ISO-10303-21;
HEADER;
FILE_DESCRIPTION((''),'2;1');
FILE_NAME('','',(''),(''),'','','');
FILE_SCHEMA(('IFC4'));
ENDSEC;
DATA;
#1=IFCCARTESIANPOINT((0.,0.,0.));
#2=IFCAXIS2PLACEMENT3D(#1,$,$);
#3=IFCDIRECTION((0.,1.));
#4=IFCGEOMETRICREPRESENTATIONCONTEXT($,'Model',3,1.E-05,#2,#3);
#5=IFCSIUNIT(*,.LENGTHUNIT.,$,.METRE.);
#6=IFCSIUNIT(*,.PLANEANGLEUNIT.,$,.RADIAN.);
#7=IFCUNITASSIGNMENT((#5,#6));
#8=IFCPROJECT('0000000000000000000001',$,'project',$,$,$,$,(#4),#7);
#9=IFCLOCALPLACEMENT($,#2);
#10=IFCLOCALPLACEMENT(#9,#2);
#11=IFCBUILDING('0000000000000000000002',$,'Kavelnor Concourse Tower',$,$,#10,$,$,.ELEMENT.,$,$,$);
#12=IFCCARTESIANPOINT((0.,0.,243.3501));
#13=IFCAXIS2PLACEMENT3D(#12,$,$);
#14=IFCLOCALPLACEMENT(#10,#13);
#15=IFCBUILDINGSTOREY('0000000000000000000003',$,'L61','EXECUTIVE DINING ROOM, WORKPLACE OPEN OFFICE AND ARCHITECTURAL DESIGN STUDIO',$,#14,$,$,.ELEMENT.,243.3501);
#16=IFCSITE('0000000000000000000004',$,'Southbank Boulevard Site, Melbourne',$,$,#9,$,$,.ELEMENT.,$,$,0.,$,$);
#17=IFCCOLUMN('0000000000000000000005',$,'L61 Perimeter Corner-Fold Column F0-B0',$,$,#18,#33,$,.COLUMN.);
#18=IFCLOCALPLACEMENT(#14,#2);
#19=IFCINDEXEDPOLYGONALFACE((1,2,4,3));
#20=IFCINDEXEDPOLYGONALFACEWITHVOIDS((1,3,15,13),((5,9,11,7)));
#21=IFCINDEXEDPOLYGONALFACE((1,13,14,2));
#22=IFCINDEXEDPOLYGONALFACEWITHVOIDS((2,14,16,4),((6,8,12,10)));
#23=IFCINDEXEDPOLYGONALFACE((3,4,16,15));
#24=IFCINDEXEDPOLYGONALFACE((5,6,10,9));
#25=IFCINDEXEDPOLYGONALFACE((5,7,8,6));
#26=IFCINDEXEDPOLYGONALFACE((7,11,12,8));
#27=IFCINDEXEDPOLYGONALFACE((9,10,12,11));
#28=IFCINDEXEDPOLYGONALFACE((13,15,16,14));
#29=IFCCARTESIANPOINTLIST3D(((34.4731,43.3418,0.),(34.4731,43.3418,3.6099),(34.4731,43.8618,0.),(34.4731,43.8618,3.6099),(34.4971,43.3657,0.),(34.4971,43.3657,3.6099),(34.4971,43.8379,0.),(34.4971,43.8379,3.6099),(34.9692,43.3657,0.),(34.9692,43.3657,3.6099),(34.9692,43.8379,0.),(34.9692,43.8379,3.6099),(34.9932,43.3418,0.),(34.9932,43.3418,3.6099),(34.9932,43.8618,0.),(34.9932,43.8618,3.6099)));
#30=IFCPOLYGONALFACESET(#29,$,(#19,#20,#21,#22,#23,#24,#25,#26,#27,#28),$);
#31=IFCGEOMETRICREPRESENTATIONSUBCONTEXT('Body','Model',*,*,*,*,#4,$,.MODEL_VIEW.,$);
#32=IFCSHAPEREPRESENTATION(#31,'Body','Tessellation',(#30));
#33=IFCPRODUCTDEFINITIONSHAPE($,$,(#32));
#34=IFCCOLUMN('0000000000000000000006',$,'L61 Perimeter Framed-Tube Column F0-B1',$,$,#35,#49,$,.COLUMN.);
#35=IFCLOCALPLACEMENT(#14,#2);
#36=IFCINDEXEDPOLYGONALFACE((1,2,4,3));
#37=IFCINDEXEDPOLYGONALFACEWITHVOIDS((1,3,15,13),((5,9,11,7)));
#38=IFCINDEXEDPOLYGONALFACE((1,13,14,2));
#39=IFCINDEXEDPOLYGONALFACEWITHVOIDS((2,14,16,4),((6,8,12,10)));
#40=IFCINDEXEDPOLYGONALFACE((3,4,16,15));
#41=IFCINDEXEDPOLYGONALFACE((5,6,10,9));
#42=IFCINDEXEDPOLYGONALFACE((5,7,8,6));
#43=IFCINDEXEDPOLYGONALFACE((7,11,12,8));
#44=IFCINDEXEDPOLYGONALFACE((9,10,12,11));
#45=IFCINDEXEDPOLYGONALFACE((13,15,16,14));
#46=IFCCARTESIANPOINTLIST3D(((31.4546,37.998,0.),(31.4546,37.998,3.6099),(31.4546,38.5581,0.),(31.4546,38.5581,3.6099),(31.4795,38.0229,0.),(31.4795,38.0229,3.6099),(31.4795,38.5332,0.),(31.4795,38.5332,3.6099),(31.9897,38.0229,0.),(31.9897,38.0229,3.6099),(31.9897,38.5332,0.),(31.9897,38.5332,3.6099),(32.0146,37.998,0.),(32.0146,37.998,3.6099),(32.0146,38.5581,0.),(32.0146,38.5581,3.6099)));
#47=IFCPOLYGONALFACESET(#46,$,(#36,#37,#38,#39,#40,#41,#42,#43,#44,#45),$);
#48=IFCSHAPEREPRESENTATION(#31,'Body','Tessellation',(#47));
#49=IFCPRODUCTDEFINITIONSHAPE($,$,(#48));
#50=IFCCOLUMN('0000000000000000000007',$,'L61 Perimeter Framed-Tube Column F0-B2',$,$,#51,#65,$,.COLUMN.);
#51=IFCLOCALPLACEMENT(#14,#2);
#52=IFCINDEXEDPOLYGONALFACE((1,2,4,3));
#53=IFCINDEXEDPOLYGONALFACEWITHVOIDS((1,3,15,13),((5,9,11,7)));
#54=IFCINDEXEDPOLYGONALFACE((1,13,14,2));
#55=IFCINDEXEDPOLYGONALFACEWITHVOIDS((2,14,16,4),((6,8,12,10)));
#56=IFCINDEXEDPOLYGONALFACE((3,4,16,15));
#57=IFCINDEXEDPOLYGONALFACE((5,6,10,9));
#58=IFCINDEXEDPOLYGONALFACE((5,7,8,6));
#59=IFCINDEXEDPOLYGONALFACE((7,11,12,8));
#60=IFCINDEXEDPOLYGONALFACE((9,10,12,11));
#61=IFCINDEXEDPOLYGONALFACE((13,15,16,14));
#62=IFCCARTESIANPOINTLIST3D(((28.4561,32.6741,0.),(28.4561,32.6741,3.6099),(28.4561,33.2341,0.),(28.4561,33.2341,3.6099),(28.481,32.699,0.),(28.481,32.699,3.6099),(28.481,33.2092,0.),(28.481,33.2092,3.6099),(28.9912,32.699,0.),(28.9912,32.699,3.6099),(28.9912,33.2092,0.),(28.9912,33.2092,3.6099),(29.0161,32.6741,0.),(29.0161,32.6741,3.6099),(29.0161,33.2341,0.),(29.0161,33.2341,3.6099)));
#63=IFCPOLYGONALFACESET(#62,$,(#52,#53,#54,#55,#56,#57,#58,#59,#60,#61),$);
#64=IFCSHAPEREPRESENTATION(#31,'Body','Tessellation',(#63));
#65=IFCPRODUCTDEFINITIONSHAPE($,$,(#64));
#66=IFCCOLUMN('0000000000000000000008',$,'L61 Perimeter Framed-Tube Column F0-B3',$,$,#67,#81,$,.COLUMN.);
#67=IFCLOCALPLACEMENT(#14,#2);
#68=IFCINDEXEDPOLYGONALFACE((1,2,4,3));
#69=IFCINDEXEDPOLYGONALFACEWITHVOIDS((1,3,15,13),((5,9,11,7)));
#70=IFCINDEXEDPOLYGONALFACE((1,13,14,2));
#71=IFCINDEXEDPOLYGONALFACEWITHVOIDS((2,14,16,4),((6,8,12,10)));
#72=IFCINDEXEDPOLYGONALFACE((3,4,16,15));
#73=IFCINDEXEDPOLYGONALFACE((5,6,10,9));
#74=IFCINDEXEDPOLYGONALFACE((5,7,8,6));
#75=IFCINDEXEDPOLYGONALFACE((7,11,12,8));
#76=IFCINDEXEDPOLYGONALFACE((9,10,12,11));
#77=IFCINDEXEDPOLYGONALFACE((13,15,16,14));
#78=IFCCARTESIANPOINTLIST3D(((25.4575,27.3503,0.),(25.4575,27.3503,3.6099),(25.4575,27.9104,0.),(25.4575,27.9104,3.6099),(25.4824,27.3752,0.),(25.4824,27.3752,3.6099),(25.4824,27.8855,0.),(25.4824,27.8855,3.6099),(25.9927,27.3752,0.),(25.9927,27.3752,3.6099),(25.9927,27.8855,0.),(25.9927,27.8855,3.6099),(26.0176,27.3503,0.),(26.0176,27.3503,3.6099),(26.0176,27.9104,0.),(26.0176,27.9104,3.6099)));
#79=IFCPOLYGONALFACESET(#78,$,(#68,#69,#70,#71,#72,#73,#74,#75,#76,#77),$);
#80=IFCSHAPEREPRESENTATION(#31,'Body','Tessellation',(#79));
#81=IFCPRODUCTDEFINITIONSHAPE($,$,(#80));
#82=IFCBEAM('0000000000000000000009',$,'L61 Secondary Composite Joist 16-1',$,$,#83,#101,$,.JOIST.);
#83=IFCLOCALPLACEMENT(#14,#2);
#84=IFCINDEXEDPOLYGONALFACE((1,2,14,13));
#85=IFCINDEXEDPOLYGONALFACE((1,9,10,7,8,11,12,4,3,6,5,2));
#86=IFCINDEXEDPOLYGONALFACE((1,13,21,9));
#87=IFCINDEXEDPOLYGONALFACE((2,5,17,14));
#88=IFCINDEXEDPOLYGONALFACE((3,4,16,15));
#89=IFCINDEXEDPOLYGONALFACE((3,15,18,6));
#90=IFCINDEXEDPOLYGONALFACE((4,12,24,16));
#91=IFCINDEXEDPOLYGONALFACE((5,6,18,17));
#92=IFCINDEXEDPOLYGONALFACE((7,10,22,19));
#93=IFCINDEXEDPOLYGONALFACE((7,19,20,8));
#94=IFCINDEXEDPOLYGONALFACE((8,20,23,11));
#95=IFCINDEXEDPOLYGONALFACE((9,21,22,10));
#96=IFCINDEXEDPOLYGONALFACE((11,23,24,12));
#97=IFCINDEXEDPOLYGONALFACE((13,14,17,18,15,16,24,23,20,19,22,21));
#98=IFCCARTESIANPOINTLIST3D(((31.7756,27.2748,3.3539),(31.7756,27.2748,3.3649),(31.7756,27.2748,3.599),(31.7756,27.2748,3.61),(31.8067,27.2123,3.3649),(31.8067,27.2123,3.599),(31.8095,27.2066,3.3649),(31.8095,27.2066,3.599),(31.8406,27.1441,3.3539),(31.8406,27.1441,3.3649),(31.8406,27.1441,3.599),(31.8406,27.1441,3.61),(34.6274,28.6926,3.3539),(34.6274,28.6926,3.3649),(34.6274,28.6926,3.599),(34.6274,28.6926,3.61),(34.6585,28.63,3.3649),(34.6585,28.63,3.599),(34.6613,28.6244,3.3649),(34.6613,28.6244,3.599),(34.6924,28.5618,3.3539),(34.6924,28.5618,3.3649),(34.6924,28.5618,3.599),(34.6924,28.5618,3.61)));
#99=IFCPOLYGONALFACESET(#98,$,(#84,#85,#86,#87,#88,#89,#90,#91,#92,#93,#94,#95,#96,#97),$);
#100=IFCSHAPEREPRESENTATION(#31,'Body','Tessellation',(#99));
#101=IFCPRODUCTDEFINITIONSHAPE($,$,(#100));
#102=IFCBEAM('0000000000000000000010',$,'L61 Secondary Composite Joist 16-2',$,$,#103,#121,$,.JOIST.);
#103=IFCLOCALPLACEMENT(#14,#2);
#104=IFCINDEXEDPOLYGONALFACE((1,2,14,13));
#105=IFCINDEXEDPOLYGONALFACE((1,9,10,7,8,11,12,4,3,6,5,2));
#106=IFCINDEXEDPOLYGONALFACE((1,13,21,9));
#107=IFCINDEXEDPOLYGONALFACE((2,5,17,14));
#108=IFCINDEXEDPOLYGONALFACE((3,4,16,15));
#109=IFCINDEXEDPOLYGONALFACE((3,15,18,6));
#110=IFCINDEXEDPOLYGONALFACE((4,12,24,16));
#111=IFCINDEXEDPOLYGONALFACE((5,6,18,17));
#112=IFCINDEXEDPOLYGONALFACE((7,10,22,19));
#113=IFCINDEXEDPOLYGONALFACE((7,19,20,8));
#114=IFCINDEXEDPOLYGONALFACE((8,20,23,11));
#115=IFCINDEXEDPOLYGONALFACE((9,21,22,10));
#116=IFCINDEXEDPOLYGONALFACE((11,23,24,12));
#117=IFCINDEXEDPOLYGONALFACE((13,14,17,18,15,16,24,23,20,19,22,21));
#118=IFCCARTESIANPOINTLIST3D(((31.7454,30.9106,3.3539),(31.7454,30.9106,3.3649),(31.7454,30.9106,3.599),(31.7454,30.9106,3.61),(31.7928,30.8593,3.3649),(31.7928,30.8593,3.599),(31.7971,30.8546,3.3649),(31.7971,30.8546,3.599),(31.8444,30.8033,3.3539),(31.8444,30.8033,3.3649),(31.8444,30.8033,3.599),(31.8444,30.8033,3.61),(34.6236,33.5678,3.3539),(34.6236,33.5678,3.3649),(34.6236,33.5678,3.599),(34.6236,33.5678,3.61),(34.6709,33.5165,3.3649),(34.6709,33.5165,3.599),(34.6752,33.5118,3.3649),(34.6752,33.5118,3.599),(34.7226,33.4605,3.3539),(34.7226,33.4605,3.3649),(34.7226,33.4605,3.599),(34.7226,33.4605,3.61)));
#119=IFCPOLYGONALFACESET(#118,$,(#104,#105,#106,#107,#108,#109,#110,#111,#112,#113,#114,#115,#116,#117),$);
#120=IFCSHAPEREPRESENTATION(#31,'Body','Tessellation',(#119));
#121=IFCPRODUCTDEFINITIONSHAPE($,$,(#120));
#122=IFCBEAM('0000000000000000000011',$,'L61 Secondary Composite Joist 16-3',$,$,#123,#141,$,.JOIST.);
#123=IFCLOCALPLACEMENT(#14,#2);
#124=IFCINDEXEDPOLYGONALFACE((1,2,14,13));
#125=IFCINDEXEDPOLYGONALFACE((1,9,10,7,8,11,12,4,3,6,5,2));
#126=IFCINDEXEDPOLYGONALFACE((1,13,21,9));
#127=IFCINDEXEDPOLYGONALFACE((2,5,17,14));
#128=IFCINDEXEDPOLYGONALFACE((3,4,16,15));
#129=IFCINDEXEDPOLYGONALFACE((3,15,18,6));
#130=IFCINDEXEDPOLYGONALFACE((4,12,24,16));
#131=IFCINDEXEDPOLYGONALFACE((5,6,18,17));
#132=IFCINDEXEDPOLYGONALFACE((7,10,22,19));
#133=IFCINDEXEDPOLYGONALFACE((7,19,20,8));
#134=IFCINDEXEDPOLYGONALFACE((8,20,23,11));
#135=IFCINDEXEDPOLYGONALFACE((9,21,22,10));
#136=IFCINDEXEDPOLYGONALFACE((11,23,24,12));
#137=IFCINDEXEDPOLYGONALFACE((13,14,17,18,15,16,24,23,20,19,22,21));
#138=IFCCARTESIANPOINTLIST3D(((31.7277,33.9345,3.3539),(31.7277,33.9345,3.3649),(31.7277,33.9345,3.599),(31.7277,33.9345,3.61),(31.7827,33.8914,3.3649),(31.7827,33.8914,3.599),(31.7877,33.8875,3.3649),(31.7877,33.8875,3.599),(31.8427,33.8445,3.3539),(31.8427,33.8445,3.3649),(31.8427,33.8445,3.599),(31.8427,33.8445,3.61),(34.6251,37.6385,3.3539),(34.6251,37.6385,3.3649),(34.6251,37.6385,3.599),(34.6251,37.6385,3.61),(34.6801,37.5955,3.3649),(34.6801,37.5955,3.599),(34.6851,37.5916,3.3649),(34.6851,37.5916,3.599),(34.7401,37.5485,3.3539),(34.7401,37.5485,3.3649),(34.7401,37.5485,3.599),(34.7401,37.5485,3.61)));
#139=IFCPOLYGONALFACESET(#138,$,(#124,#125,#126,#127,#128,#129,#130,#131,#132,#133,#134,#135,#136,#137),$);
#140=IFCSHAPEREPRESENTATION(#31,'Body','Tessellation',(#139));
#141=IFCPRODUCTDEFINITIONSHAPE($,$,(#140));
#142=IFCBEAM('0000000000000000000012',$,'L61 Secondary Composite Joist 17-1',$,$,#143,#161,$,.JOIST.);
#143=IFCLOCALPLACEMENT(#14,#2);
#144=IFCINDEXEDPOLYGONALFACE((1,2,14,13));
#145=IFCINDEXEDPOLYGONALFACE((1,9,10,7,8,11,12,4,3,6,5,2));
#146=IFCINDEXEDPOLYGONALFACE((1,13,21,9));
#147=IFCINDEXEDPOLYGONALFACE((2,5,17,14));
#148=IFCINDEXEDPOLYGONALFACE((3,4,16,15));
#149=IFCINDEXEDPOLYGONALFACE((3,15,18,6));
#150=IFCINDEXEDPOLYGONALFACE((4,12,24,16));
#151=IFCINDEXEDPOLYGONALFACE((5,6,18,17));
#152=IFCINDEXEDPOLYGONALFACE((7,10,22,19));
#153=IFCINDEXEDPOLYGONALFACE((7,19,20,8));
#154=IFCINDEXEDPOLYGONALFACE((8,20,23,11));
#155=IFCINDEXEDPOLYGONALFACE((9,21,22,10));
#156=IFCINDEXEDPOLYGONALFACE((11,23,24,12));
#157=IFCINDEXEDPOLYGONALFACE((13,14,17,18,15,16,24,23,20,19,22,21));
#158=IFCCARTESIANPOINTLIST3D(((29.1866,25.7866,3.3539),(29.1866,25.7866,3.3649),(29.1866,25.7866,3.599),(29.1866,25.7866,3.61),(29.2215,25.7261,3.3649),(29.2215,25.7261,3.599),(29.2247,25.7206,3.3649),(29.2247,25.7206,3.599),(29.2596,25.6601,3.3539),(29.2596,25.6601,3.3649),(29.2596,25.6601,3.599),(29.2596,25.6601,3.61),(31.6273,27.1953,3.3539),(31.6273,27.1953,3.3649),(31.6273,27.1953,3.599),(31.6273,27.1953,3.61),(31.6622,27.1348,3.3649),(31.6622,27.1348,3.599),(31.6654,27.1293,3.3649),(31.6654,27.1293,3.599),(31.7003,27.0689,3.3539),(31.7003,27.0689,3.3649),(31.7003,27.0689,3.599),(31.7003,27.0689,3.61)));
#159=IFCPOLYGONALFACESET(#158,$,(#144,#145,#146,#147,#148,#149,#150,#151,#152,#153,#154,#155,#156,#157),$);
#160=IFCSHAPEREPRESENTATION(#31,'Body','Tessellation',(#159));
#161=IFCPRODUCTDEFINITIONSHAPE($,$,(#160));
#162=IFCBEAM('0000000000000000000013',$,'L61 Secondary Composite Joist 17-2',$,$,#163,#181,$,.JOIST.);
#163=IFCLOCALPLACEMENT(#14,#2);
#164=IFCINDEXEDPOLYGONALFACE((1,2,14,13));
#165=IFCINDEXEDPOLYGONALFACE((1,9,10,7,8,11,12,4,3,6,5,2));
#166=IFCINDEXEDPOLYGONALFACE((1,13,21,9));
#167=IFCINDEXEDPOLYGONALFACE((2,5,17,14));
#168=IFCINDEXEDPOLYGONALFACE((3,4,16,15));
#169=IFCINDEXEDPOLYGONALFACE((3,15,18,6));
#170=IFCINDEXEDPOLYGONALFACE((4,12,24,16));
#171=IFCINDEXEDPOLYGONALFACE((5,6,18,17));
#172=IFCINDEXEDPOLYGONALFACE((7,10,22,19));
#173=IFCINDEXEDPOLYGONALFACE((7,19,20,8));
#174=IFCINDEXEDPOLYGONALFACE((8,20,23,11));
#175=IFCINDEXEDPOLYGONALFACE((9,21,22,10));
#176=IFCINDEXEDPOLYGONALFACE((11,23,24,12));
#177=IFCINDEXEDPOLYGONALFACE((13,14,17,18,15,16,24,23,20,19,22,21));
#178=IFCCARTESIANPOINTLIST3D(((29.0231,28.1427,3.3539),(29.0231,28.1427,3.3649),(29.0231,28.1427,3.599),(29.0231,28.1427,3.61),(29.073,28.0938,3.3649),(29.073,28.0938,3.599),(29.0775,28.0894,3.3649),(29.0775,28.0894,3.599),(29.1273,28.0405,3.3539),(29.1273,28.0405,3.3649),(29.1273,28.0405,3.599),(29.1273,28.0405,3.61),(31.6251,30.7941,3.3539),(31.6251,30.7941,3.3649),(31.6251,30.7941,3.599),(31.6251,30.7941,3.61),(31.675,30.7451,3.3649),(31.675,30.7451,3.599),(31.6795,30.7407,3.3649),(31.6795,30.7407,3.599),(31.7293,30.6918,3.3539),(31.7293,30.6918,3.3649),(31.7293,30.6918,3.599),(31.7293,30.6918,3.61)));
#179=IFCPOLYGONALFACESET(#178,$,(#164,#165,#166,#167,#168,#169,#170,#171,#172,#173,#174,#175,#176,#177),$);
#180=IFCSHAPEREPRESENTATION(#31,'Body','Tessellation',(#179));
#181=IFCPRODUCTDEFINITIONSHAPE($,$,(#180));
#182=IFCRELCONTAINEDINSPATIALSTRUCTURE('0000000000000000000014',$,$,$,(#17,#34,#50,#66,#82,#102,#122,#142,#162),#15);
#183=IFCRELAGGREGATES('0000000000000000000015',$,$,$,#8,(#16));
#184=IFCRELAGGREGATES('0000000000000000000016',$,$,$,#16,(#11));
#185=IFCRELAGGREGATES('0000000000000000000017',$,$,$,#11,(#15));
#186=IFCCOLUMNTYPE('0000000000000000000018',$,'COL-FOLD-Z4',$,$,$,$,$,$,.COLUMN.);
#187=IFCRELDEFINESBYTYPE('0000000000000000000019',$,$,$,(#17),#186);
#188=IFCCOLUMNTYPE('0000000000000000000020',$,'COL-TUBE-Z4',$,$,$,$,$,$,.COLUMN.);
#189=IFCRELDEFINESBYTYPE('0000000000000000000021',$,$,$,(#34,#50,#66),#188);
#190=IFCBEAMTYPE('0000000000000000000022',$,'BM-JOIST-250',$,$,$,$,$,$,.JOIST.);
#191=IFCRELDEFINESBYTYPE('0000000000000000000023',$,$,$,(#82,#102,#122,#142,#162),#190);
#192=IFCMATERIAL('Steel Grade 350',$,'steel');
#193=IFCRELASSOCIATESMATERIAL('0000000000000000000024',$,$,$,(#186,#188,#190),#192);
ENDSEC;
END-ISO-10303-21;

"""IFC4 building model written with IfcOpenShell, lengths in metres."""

from ifc_helpers import new_model, si_unit, direction, frame, origin, origin_2d, place, context, subcontext, project, spatial, hollow_rectangle, i_section, extrude, material, material_profile, profile_set, type_object, element, save


model = new_model("IFC4")

# Units and contexts
model_context = context("Model", 3, precision=1e-05, world=origin(), true_north=direction((0.0, 1.0)))
body_context = subcontext(model_context, "Body", "Model", "MODEL_VIEW")
ifc_project = project(units=[si_unit("LENGTHUNIT", "METRE"), si_unit("PLANEANGLEUNIT", "RADIAN")], contexts=[model_context])

# Site, building, storey
site_placement = place(None, origin())
site = spatial("IfcSite", under=ifc_project, at=site_placement, Name="Southbank Boulevard Site, Melbourne", CompositionType="ELEMENT", RefElevation=0.0)
building_placement = place(site_placement, origin())
building = spatial("IfcBuilding", under=site, at=building_placement, Name="Kavelnor Concourse Tower", CompositionType="ELEMENT")
storey_placement = place(building_placement, frame((0.0, 0.0, 243.3501)))
storey = spatial("IfcBuildingStorey", under=building, at=storey_placement, Name="L61", Description="EXECUTIVE DINING ROOM, WORKPLACE OPEN OFFICE AND ARCHITECTURAL DESIGN STUDIO", CompositionType="ELEMENT", Elevation=243.3501)

# Columns
ifc_material_1 = material(Name="Steel Grade 350", Category="steel")
ifc_material_profile_1 = material_profile(ifc_material_1, hollow_rectangle(XDim=0.52, YDim=0.52, WallThickness=0.0239, at=origin_2d()), Name="SHS 520x520x24")
ifc_profile_set_1 = profile_set([ifc_material_profile_1], Name="Steel Grade 350")
column_type_1 = type_object("IfcColumnType", Name="COL-FOLD-Z4", PredefinedType="COLUMN", material=ifc_profile_set_1)
column_placement = place(storey_placement, frame((34.7332, 43.6018, 0.0), z_axis=(0.0, 0.0, 1.0), x_axis=(1.0, 0.0, 0.0)))
element("IfcColumn", 1, at=column_placement, inside=storey, type_object=column_type_1, Name="L61 Perimeter Corner-Fold Column F0-B0", PredefinedType="COLUMN", context=body_context, shape_type="SweptSolid", body=[
    extrude(hollow_rectangle(XDim=0.52, YDim=0.52, WallThickness=0.0239, at=origin_2d()), origin(), (0.0, 0.0, 1.0), 3.6099),
])
ifc_material_profile_2 = material_profile(ifc_material_1, hollow_rectangle(XDim=0.5601, YDim=0.5601, WallThickness=0.0249, at=origin_2d()), Name="SHS 560x560x25")
ifc_profile_set_2 = profile_set([ifc_material_profile_2], Name="Steel Grade 350")
column_type_2 = type_object("IfcColumnType", Name="COL-TUBE-Z4", PredefinedType="COLUMN", material=ifc_profile_set_2)
for number, where, z_axis, x_axis, name in (
    (2, (31.7346, 38.2781, 0.0), (0.0, 0.0, 1.0), (1.0, 0.0, 0.0), "L61 Perimeter Framed-Tube Column F0-B1"),
    (3, (28.7361, 32.9541, 0.0), (0.0, 0.0, 1.0), (1.0, 0.0, 0.0), "L61 Perimeter Framed-Tube Column F0-B2"),
    (4, (25.7375, 27.6304, 0.0), (0.0, 0.0, 1.0), (1.0, 0.0, 0.0), "L61 Perimeter Framed-Tube Column F0-B3"),
):
    element("IfcColumn", number, at=place(storey_placement, frame(where, z_axis=z_axis, x_axis=x_axis)), inside=storey, type_object=column_type_2, Name=name, PredefinedType="COLUMN", context=body_context, shape_type="SweptSolid", body=[
        extrude(hollow_rectangle(XDim=0.5601, YDim=0.5601, WallThickness=0.0249, at=origin_2d()), origin(), (0.0, 0.0, 1.0), 3.6099),
    ])

# Beams
ifc_material_profile_3 = material_profile(ifc_material_1, i_section(OverallWidth=0.146, OverallDepth=0.2561, WebThickness=0.0063, FlangeThickness=0.011, at=origin_2d()), Name="250UB37")
ifc_profile_set_3 = profile_set([ifc_material_profile_3], Name="Steel Grade 350")
beam_type_1 = type_object("IfcBeamType", Name="BM-JOIST-250", PredefinedType="JOIST", material=ifc_profile_set_3)
beam_1_placement = place(storey_placement, frame((34.6599, 28.6272, 3.4819), z_axis=(-0.895452, -0.445158, 0.0), x_axis=(0.445158, -0.895452, 0.0)))
element("IfcBeam", 5, at=beam_1_placement, inside=storey, type_object=beam_type_1, Name="L61 Secondary Composite Joist 16-1", PredefinedType="JOIST", context=body_context, shape_type="SweptSolid", body=[
    extrude(i_section(OverallWidth=0.146, OverallDepth=0.2561, WebThickness=0.0063, FlangeThickness=0.011, at=origin_2d()), origin(), (0.0, 0.0, 1.0), 3.1848),
])
beam_2_placement = place(storey_placement, frame((34.6731, 33.5142, 3.4819), z_axis=(-0.734746, -0.678342, 0.0), x_axis=(0.678342, -0.734746, 0.0)))
element("IfcBeam", 6, at=beam_2_placement, inside=storey, type_object=beam_type_1, Name="L61 Secondary Composite Joist 16-2", PredefinedType="JOIST", context=body_context, shape_type="SweptSolid", body=[
    extrude(i_section(OverallWidth=0.146, OverallDepth=0.2561, WebThickness=0.0063, FlangeThickness=0.011, at=origin_2d()), origin(), (0.0, 0.0, 1.0), 3.9172),
])
beam_3_placement = place(storey_placement, frame((34.6826, 37.5935, 3.4819), z_axis=(-0.616123, -0.78765, 0.0), x_axis=(0.78765, -0.616123, 0.0)))
element("IfcBeam", 7, at=beam_3_placement, inside=storey, type_object=beam_type_1, Name="L61 Secondary Composite Joist 16-3", PredefinedType="JOIST", context=body_context, shape_type="SweptSolid", body=[
    extrude(i_section(OverallWidth=0.146, OverallDepth=0.2561, WebThickness=0.0063, FlangeThickness=0.011, at=origin_2d()), origin(), (0.0, 0.0, 1.0), 4.7026),
])
beam_4_placement = place(storey_placement, frame((31.6638, 27.1321, 3.4819), z_axis=(-0.866092, -0.499885, 0.0), x_axis=(0.499885, -0.866092, 0.0)))
element("IfcBeam", 8, at=beam_4_placement, inside=storey, type_object=beam_type_1, Name="L61 Secondary Composite Joist 17-1", PredefinedType="JOIST", context=body_context, shape_type="SweptSolid", body=[
    extrude(i_section(OverallWidth=0.146, OverallDepth=0.2561, WebThickness=0.0063, FlangeThickness=0.011, at=origin_2d()), origin(), (0.0, 0.0, 1.0), 2.8181),
])
beam_5_placement = place(storey_placement, frame((31.6772, 30.7429, 3.4819), z_axis=(-0.700438, -0.713713, 0.0), x_axis=(0.713713, -0.700438, 0.0)))
element("IfcBeam", 9, at=beam_5_placement, inside=storey, type_object=beam_type_1, Name="L61 Secondary Composite Joist 17-2", PredefinedType="JOIST", context=body_context, shape_type="SweptSolid", body=[
    extrude(i_section(OverallWidth=0.146, OverallDepth=0.2561, WebThickness=0.0063, FlangeThickness=0.011, at=origin_2d()), origin(), (0.0, 0.0, 1.0), 3.7148),
])

save(model, "model.ifc")
